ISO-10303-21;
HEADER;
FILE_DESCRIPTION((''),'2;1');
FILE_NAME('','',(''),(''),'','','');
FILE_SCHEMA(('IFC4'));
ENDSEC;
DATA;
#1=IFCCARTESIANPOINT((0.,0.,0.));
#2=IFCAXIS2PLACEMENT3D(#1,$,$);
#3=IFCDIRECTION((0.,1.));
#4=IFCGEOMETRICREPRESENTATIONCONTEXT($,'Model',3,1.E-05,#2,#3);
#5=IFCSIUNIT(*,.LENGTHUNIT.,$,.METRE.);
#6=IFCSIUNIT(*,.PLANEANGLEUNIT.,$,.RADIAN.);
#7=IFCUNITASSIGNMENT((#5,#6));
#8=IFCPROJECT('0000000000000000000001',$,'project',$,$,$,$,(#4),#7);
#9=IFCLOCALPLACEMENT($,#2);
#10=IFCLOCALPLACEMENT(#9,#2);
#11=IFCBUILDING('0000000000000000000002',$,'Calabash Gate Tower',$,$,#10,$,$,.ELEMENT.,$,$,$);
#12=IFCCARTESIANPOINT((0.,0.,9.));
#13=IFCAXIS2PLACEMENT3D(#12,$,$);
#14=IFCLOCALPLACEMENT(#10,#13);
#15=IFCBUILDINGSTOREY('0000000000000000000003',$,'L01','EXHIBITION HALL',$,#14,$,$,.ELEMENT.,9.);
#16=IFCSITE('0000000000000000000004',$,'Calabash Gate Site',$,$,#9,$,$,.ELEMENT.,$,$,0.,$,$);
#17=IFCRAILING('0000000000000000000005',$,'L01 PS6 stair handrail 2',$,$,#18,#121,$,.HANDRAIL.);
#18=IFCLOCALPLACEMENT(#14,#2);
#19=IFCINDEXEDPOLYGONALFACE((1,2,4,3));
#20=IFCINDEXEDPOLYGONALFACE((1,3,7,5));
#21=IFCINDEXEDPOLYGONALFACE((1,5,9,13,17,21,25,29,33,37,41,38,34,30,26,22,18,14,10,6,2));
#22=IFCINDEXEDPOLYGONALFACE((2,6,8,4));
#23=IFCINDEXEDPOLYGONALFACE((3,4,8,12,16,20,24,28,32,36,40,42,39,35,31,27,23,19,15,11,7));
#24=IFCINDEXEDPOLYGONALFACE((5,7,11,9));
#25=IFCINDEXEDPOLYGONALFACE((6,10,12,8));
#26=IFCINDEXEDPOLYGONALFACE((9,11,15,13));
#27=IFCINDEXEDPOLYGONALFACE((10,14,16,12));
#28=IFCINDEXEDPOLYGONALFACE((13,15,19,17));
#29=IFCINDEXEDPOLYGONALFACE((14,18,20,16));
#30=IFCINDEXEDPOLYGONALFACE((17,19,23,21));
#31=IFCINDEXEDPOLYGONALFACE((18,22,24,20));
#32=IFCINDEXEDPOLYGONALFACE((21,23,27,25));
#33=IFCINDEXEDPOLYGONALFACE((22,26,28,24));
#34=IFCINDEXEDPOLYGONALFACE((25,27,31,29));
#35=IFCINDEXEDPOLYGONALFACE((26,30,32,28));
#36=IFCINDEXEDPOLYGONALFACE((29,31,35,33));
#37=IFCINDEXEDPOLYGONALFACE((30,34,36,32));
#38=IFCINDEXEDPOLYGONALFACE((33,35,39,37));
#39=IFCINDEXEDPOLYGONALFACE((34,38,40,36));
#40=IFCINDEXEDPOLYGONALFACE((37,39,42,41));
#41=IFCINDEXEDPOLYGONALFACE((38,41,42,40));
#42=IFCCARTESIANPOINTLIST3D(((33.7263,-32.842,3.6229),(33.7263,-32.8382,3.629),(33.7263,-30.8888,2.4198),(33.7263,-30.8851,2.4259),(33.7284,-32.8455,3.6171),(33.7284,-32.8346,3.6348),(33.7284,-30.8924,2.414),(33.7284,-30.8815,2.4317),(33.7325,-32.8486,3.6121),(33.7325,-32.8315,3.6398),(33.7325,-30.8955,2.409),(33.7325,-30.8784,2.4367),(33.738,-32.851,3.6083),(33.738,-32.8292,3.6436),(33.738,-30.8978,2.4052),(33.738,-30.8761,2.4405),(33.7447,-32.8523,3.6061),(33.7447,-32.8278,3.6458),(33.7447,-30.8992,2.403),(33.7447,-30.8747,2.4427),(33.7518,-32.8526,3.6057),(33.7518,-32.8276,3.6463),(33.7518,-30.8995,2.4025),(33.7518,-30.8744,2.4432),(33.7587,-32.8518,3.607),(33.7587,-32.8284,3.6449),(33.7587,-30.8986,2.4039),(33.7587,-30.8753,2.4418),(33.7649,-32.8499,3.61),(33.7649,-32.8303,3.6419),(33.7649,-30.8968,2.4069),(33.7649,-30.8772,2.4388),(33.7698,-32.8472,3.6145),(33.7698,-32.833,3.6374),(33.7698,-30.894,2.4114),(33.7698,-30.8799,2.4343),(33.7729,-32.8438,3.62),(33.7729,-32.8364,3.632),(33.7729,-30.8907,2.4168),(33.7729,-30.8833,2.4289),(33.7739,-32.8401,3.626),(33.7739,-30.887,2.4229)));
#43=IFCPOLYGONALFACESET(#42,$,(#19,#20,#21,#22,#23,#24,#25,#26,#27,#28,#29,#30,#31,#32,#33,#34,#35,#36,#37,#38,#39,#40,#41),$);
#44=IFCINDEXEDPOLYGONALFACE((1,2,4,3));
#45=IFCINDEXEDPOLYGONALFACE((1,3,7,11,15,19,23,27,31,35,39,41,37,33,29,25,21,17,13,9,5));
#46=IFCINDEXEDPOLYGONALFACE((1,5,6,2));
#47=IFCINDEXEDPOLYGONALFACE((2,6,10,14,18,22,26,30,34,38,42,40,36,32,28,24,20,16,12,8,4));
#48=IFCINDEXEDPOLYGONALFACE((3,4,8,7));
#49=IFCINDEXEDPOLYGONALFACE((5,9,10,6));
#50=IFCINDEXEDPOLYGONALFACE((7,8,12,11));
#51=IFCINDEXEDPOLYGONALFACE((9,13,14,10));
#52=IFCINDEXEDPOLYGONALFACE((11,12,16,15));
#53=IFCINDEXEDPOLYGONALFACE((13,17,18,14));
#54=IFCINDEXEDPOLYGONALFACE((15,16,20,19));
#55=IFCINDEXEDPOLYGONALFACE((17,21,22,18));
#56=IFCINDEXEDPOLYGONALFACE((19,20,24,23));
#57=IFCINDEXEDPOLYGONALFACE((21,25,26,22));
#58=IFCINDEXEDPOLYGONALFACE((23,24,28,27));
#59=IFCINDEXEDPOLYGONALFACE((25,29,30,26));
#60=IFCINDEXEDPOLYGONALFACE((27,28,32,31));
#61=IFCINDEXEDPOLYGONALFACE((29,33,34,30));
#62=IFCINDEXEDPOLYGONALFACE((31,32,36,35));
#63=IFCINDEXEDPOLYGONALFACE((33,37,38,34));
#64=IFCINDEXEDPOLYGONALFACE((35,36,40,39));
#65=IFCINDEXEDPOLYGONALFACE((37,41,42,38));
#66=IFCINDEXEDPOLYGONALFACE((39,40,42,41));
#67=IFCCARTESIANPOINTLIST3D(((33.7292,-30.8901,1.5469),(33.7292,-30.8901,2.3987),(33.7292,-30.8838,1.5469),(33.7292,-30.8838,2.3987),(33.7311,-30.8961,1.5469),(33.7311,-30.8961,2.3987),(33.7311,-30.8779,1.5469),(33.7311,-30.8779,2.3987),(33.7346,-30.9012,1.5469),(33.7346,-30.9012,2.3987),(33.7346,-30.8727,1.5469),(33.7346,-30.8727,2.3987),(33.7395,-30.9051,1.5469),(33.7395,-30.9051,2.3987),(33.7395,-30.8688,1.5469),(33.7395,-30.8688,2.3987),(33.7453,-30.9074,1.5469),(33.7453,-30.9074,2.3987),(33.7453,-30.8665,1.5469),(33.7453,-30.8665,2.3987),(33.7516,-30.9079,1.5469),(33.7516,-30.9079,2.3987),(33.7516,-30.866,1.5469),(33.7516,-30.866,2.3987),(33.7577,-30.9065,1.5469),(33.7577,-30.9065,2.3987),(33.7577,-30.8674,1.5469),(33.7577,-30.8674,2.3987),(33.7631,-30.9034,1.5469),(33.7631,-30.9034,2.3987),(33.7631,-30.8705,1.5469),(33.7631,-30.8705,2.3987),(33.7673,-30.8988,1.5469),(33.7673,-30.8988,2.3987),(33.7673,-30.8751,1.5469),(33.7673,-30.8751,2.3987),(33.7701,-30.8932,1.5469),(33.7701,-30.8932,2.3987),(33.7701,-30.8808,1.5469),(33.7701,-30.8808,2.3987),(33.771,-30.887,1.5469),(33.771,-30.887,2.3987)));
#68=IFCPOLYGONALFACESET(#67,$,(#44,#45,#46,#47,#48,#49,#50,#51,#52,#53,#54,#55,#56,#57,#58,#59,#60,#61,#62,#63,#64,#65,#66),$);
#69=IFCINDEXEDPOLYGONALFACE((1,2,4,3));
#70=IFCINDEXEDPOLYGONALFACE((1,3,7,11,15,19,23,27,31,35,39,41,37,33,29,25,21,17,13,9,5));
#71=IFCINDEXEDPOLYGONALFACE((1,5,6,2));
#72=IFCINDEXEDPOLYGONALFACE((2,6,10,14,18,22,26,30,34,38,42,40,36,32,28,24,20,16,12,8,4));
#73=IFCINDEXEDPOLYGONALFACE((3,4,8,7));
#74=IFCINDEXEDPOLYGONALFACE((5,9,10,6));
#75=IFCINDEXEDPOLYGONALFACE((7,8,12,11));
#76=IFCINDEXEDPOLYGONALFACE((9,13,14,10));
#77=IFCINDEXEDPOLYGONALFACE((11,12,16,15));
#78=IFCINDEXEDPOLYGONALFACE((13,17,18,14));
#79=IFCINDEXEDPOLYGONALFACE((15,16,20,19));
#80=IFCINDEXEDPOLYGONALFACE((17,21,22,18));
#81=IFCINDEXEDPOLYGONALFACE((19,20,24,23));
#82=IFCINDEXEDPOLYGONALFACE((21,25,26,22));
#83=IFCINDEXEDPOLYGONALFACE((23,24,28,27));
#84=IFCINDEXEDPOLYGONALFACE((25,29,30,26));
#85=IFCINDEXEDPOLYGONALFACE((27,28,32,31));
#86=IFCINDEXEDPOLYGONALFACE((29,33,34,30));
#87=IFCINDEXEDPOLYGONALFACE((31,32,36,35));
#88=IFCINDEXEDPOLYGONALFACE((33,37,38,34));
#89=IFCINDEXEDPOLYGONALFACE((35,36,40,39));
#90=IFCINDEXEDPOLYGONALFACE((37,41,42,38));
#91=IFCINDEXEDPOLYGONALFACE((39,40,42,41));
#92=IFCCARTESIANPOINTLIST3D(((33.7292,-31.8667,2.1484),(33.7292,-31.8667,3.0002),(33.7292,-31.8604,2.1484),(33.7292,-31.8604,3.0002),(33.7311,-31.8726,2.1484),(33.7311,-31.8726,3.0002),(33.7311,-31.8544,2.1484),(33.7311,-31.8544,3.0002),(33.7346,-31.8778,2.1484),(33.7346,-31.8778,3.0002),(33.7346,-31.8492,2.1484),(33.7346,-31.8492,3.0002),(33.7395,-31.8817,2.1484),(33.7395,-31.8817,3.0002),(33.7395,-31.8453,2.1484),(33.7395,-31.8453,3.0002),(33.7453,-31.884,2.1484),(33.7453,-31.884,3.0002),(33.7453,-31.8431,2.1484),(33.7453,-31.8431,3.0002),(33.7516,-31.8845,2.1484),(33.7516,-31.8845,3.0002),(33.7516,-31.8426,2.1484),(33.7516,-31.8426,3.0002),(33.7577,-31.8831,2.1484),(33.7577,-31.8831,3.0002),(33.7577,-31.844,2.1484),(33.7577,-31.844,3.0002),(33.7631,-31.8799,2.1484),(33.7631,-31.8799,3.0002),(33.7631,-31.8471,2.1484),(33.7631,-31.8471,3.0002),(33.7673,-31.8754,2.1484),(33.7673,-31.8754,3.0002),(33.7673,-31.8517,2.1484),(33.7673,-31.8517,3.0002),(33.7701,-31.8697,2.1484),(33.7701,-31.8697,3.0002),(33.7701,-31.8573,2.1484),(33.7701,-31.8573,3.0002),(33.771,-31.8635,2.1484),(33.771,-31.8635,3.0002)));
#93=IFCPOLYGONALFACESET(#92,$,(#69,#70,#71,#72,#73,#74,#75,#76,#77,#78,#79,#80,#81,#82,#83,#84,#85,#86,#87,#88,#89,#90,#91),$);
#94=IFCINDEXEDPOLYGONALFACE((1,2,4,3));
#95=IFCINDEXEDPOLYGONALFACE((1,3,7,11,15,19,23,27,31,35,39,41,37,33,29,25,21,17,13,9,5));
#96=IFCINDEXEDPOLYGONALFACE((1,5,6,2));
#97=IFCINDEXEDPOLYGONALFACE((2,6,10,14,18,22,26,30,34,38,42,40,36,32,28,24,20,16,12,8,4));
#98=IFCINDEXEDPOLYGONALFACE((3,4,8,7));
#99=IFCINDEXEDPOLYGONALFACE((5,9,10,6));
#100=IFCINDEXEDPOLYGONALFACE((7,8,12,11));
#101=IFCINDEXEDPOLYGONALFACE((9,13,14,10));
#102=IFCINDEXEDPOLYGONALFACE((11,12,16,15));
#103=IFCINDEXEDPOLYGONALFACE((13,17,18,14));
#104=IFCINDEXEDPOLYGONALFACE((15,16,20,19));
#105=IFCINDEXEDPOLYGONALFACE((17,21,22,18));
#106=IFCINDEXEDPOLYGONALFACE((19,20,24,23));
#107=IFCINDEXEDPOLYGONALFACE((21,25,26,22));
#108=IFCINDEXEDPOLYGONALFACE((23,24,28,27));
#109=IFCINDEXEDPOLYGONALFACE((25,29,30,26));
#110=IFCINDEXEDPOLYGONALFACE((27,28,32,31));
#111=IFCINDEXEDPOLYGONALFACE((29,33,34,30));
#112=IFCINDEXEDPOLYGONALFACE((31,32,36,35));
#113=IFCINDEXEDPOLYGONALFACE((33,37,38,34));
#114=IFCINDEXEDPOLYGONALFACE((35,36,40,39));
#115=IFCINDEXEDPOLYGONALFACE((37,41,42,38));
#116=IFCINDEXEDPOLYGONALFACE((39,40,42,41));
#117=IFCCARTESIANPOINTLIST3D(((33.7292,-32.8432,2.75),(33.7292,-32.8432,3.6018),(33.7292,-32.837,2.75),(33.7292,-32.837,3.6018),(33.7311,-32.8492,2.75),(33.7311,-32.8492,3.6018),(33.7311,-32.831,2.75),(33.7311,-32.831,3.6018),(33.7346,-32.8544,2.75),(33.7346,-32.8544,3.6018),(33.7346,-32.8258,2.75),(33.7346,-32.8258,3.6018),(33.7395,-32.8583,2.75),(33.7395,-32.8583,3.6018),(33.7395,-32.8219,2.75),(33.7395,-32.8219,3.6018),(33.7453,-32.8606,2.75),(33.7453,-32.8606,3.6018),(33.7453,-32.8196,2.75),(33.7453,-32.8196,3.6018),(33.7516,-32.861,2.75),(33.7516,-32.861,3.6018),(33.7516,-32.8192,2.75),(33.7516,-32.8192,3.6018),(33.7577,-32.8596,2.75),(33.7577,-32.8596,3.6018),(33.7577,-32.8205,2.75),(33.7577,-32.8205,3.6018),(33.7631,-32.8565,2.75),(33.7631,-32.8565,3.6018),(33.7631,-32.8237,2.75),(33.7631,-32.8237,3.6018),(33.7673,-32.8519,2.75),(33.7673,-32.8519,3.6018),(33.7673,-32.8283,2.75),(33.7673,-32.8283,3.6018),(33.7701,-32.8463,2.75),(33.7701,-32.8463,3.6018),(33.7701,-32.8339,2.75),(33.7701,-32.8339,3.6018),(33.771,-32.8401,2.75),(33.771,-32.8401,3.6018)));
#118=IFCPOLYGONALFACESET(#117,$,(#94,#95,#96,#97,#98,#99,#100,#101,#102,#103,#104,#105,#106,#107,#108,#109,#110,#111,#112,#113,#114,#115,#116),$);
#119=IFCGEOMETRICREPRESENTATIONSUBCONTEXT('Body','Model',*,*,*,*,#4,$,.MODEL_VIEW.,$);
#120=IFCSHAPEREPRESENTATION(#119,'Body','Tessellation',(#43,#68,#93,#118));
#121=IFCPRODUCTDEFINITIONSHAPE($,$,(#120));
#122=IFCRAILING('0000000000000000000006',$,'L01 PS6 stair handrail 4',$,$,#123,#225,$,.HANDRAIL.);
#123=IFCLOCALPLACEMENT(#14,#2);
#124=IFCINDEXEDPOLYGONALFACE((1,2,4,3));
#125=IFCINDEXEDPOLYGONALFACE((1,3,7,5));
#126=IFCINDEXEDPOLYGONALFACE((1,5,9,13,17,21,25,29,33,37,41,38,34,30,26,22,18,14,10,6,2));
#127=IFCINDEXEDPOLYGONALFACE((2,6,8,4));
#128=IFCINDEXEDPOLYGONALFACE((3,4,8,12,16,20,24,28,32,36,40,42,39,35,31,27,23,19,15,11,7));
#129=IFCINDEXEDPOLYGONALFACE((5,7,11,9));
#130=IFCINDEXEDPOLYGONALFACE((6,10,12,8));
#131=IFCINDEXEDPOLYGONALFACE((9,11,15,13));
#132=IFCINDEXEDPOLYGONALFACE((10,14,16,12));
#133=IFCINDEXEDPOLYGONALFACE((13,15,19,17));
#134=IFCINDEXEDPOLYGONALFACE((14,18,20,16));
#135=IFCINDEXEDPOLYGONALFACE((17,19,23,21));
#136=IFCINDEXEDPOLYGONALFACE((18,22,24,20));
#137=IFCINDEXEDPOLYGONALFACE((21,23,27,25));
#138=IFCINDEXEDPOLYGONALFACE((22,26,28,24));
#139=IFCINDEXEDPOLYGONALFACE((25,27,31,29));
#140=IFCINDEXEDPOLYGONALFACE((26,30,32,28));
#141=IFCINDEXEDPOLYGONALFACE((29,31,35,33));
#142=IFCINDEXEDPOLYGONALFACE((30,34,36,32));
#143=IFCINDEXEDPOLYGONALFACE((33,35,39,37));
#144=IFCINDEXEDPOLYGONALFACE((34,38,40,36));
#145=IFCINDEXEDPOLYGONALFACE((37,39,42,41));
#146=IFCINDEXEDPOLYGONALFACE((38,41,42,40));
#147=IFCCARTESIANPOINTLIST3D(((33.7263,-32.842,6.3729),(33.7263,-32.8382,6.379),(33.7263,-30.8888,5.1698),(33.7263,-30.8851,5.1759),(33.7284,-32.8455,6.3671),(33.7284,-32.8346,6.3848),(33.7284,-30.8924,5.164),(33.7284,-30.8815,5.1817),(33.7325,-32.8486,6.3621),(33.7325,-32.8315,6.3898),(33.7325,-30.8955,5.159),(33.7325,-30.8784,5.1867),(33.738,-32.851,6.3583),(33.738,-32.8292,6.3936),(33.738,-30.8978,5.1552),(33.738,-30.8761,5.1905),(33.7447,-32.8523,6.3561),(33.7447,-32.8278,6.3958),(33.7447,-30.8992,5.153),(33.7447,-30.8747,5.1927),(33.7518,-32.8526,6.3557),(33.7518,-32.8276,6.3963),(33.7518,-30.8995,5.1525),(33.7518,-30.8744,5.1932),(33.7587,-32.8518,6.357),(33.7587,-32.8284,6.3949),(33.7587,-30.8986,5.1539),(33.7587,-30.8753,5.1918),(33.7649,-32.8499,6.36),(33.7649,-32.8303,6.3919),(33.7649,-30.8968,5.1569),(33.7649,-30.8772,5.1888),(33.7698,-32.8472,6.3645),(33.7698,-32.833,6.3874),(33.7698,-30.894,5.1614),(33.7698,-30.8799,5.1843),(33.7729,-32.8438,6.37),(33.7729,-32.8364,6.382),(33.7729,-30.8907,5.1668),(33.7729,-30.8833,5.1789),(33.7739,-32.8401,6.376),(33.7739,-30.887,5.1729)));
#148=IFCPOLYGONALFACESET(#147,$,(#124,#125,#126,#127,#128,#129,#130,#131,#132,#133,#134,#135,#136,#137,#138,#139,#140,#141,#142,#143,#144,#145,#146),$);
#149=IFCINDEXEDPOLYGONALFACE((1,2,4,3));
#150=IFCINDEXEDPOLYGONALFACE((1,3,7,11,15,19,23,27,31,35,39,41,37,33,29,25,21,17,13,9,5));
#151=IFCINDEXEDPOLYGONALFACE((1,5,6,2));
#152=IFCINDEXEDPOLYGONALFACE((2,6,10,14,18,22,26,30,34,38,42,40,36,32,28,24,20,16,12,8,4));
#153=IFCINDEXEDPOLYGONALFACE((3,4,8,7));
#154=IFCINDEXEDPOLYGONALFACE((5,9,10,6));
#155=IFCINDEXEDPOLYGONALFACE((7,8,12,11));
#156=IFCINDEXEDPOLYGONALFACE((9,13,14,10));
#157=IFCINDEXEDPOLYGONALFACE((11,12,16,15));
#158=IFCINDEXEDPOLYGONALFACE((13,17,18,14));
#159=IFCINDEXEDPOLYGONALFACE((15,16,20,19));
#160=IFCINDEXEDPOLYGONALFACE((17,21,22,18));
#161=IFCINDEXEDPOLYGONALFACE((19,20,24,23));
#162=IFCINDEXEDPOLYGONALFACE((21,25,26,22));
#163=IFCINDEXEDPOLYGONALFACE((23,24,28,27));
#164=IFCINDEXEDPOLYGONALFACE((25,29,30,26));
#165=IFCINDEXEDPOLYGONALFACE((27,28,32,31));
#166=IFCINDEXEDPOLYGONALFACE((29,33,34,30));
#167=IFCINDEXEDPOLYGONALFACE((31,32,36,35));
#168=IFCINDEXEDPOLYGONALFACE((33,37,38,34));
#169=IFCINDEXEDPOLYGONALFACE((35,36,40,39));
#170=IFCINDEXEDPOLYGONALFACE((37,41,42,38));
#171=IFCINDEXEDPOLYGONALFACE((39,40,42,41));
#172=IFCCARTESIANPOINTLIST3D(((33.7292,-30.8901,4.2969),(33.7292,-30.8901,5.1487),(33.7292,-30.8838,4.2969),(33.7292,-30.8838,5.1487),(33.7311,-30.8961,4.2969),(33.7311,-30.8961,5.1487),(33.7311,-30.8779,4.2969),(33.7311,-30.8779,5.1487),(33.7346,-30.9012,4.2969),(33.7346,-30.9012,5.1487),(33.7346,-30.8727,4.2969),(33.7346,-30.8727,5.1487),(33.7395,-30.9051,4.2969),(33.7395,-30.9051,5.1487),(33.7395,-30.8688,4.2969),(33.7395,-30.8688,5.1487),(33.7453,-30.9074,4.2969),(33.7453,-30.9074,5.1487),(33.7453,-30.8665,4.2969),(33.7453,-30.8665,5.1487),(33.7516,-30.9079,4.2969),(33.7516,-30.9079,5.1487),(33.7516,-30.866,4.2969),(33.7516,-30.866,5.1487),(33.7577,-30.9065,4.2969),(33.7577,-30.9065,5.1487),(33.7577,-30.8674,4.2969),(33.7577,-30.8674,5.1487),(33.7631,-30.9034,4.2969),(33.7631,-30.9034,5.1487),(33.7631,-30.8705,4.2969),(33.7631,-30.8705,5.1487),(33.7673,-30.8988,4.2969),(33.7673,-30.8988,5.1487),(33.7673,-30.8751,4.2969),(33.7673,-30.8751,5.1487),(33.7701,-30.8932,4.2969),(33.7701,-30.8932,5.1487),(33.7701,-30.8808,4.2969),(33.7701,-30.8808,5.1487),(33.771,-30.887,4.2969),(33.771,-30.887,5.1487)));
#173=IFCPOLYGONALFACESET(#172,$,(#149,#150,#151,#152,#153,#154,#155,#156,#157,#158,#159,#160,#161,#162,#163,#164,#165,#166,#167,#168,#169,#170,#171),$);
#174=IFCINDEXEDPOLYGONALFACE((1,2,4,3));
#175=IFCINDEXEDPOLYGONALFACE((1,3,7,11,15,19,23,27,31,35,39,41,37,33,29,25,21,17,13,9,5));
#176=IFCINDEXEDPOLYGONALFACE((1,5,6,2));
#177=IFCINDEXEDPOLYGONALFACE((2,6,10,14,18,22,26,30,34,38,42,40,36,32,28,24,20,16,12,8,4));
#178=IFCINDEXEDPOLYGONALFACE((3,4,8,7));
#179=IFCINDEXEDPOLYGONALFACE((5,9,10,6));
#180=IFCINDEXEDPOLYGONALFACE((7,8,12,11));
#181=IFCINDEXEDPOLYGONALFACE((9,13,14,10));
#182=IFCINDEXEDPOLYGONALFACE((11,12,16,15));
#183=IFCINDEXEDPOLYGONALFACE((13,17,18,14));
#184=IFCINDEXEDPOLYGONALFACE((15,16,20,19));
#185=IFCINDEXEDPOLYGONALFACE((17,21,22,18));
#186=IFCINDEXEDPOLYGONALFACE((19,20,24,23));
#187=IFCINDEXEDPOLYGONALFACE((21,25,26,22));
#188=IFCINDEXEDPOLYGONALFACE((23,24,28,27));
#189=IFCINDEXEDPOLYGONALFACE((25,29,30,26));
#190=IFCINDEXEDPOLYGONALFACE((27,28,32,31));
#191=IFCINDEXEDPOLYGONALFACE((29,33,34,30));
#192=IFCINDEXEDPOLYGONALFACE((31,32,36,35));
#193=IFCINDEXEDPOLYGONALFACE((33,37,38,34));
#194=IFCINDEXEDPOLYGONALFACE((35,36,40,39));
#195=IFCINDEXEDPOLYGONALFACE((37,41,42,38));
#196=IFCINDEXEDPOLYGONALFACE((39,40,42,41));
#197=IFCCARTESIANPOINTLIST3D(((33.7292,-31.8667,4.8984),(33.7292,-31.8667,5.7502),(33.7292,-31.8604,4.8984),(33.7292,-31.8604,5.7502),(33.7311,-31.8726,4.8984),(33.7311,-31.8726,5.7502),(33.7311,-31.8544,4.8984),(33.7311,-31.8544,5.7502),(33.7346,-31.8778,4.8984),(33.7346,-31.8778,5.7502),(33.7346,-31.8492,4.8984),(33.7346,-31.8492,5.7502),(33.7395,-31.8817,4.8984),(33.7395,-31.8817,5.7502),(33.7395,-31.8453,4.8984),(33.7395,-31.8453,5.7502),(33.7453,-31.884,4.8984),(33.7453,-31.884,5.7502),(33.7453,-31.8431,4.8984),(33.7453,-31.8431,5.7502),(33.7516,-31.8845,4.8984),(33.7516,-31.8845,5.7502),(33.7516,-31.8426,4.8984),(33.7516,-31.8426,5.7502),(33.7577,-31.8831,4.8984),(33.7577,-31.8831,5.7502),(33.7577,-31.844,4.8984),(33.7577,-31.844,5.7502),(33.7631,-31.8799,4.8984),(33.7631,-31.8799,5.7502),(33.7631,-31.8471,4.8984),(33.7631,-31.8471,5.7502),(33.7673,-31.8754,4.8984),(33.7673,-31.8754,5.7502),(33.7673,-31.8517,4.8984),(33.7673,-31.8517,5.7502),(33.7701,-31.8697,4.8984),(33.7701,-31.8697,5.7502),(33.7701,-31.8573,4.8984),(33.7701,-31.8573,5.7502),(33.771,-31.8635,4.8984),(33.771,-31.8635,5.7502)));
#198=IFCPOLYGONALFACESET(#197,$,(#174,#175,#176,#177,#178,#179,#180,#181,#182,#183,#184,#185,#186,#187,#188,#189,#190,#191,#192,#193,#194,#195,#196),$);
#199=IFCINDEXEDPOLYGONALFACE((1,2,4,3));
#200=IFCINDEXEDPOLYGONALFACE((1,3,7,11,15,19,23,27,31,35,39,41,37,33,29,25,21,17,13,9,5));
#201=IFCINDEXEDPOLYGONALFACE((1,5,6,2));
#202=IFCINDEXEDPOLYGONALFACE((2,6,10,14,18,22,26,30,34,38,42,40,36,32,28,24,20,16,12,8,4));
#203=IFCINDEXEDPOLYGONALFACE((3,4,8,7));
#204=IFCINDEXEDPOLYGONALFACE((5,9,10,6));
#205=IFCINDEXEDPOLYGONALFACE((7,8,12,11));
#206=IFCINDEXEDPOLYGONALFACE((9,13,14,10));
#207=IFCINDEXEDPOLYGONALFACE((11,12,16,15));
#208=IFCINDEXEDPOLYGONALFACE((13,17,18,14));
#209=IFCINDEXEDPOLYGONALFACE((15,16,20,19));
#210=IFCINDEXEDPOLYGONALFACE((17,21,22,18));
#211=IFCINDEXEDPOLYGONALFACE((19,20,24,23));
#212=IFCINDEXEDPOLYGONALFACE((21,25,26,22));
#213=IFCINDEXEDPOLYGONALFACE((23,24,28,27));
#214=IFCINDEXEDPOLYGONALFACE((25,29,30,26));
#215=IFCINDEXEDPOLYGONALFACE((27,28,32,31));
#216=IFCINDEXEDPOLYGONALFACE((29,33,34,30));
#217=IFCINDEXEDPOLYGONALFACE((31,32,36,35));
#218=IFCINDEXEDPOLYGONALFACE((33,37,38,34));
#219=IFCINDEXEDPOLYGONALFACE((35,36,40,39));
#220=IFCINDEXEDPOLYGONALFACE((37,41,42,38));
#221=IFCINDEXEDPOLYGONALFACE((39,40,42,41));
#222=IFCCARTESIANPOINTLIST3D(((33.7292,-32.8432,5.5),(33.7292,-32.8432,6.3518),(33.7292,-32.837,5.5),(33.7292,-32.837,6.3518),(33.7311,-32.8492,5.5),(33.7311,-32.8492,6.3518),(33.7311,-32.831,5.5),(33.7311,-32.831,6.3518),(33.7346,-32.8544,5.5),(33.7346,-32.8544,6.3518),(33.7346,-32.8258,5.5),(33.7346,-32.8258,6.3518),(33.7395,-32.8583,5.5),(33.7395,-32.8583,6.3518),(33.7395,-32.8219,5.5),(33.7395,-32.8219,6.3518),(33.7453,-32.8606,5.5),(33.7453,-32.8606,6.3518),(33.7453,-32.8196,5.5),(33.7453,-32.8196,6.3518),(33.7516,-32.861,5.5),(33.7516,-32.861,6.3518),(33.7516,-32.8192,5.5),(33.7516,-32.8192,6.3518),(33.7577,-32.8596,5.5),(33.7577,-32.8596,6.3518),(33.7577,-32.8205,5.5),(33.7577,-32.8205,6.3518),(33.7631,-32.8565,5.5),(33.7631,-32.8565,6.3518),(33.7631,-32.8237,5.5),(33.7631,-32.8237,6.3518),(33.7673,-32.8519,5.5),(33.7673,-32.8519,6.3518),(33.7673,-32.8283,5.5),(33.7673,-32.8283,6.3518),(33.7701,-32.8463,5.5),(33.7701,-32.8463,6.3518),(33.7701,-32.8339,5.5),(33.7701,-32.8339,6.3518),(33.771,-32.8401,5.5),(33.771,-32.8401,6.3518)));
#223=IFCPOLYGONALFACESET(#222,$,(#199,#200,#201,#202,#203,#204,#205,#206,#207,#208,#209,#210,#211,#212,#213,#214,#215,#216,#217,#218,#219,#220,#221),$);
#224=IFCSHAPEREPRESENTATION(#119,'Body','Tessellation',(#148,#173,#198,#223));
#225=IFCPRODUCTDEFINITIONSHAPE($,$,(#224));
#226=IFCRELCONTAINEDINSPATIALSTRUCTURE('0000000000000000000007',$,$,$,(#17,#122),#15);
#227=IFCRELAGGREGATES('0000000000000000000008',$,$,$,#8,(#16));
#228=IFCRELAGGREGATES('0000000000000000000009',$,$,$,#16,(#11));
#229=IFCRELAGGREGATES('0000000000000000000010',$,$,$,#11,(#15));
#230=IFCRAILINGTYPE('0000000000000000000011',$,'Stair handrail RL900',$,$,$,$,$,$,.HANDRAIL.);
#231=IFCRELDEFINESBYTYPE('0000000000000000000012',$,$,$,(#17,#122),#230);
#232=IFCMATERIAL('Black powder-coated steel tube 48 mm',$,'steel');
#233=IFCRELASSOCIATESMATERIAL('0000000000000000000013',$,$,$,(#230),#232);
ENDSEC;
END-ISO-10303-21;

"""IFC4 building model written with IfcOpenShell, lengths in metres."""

from ifc_helpers import new_model, si_unit, direction, frame, origin, origin_2d, place, context, subcontext, project, spatial, circle, extrude, material, type_object, element, save


model = new_model("IFC4")

# Units and contexts
model_context = context("Model", 3, precision=1e-05, world=origin(), true_north=direction((0.0, 1.0)))
body_context = subcontext(model_context, "Body", "Model", "MODEL_VIEW")
ifc_project = project(units=[si_unit("LENGTHUNIT", "METRE"), si_unit("PLANEANGLEUNIT", "RADIAN")], contexts=[model_context])

# Site, building, storey
site_placement = place(None, origin())
site = spatial("IfcSite", under=ifc_project, at=site_placement, Name="Calabash Gate Site", CompositionType="ELEMENT", RefElevation=0.0)
building_placement = place(site_placement, origin())
building = spatial("IfcBuilding", under=site, at=building_placement, Name="Calabash Gate Tower", CompositionType="ELEMENT")
storey_placement = place(building_placement, frame((0.0, 0.0, 9.0)))
storey = spatial("IfcBuildingStorey", under=building, at=storey_placement, Name="L01", Description="EXHIBITION HALL", CompositionType="ELEMENT", Elevation=9.0)

# Railings
ifc_material_1 = material(Name="Black powder-coated steel tube 48 mm", Category="steel")
railing_type_1 = type_object("IfcRailingType", Name="Stair handrail RL900", PredefinedType="HANDRAIL", material=ifc_material_1)
for number, where, name in (
    (1, (33.75, -30.887, 1.5469), "L01 PS6 stair handrail 2"),
    (2, (33.75, -30.887, 4.2969), "L01 PS6 stair handrail 4"),
):
    element("IfcRailing", number, at=place(storey_placement, frame(where)), inside=storey, type_object=railing_type_1, Name=name, PredefinedType="HANDRAIL", context=body_context, shape_type="SweptSolid", body=[
        extrude(circle(Radius=0.0239, at=origin_2d()), frame((0.0, 0.0, 0.876), z_axis=(0.0, -0.851424, 0.524477), x_axis=(1.0, 0.0, 0.0)), (0.0, 0.0, 1.0), 2.2939),
        extrude(circle(Radius=0.021, at=origin_2d()), origin(), (0.0, 0.0, 1.0), 0.8518),
        extrude(circle(Radius=0.021, at=origin_2d()), frame((0.0, -0.9766, 0.6016)), (0.0, 0.0, 1.0), 0.8518),
        extrude(circle(Radius=0.021, at=origin_2d()), frame((0.0, -1.9531, 1.2031)), (0.0, 0.0, 1.0), 0.8518),
    ])

save(model, "model.ifc")
